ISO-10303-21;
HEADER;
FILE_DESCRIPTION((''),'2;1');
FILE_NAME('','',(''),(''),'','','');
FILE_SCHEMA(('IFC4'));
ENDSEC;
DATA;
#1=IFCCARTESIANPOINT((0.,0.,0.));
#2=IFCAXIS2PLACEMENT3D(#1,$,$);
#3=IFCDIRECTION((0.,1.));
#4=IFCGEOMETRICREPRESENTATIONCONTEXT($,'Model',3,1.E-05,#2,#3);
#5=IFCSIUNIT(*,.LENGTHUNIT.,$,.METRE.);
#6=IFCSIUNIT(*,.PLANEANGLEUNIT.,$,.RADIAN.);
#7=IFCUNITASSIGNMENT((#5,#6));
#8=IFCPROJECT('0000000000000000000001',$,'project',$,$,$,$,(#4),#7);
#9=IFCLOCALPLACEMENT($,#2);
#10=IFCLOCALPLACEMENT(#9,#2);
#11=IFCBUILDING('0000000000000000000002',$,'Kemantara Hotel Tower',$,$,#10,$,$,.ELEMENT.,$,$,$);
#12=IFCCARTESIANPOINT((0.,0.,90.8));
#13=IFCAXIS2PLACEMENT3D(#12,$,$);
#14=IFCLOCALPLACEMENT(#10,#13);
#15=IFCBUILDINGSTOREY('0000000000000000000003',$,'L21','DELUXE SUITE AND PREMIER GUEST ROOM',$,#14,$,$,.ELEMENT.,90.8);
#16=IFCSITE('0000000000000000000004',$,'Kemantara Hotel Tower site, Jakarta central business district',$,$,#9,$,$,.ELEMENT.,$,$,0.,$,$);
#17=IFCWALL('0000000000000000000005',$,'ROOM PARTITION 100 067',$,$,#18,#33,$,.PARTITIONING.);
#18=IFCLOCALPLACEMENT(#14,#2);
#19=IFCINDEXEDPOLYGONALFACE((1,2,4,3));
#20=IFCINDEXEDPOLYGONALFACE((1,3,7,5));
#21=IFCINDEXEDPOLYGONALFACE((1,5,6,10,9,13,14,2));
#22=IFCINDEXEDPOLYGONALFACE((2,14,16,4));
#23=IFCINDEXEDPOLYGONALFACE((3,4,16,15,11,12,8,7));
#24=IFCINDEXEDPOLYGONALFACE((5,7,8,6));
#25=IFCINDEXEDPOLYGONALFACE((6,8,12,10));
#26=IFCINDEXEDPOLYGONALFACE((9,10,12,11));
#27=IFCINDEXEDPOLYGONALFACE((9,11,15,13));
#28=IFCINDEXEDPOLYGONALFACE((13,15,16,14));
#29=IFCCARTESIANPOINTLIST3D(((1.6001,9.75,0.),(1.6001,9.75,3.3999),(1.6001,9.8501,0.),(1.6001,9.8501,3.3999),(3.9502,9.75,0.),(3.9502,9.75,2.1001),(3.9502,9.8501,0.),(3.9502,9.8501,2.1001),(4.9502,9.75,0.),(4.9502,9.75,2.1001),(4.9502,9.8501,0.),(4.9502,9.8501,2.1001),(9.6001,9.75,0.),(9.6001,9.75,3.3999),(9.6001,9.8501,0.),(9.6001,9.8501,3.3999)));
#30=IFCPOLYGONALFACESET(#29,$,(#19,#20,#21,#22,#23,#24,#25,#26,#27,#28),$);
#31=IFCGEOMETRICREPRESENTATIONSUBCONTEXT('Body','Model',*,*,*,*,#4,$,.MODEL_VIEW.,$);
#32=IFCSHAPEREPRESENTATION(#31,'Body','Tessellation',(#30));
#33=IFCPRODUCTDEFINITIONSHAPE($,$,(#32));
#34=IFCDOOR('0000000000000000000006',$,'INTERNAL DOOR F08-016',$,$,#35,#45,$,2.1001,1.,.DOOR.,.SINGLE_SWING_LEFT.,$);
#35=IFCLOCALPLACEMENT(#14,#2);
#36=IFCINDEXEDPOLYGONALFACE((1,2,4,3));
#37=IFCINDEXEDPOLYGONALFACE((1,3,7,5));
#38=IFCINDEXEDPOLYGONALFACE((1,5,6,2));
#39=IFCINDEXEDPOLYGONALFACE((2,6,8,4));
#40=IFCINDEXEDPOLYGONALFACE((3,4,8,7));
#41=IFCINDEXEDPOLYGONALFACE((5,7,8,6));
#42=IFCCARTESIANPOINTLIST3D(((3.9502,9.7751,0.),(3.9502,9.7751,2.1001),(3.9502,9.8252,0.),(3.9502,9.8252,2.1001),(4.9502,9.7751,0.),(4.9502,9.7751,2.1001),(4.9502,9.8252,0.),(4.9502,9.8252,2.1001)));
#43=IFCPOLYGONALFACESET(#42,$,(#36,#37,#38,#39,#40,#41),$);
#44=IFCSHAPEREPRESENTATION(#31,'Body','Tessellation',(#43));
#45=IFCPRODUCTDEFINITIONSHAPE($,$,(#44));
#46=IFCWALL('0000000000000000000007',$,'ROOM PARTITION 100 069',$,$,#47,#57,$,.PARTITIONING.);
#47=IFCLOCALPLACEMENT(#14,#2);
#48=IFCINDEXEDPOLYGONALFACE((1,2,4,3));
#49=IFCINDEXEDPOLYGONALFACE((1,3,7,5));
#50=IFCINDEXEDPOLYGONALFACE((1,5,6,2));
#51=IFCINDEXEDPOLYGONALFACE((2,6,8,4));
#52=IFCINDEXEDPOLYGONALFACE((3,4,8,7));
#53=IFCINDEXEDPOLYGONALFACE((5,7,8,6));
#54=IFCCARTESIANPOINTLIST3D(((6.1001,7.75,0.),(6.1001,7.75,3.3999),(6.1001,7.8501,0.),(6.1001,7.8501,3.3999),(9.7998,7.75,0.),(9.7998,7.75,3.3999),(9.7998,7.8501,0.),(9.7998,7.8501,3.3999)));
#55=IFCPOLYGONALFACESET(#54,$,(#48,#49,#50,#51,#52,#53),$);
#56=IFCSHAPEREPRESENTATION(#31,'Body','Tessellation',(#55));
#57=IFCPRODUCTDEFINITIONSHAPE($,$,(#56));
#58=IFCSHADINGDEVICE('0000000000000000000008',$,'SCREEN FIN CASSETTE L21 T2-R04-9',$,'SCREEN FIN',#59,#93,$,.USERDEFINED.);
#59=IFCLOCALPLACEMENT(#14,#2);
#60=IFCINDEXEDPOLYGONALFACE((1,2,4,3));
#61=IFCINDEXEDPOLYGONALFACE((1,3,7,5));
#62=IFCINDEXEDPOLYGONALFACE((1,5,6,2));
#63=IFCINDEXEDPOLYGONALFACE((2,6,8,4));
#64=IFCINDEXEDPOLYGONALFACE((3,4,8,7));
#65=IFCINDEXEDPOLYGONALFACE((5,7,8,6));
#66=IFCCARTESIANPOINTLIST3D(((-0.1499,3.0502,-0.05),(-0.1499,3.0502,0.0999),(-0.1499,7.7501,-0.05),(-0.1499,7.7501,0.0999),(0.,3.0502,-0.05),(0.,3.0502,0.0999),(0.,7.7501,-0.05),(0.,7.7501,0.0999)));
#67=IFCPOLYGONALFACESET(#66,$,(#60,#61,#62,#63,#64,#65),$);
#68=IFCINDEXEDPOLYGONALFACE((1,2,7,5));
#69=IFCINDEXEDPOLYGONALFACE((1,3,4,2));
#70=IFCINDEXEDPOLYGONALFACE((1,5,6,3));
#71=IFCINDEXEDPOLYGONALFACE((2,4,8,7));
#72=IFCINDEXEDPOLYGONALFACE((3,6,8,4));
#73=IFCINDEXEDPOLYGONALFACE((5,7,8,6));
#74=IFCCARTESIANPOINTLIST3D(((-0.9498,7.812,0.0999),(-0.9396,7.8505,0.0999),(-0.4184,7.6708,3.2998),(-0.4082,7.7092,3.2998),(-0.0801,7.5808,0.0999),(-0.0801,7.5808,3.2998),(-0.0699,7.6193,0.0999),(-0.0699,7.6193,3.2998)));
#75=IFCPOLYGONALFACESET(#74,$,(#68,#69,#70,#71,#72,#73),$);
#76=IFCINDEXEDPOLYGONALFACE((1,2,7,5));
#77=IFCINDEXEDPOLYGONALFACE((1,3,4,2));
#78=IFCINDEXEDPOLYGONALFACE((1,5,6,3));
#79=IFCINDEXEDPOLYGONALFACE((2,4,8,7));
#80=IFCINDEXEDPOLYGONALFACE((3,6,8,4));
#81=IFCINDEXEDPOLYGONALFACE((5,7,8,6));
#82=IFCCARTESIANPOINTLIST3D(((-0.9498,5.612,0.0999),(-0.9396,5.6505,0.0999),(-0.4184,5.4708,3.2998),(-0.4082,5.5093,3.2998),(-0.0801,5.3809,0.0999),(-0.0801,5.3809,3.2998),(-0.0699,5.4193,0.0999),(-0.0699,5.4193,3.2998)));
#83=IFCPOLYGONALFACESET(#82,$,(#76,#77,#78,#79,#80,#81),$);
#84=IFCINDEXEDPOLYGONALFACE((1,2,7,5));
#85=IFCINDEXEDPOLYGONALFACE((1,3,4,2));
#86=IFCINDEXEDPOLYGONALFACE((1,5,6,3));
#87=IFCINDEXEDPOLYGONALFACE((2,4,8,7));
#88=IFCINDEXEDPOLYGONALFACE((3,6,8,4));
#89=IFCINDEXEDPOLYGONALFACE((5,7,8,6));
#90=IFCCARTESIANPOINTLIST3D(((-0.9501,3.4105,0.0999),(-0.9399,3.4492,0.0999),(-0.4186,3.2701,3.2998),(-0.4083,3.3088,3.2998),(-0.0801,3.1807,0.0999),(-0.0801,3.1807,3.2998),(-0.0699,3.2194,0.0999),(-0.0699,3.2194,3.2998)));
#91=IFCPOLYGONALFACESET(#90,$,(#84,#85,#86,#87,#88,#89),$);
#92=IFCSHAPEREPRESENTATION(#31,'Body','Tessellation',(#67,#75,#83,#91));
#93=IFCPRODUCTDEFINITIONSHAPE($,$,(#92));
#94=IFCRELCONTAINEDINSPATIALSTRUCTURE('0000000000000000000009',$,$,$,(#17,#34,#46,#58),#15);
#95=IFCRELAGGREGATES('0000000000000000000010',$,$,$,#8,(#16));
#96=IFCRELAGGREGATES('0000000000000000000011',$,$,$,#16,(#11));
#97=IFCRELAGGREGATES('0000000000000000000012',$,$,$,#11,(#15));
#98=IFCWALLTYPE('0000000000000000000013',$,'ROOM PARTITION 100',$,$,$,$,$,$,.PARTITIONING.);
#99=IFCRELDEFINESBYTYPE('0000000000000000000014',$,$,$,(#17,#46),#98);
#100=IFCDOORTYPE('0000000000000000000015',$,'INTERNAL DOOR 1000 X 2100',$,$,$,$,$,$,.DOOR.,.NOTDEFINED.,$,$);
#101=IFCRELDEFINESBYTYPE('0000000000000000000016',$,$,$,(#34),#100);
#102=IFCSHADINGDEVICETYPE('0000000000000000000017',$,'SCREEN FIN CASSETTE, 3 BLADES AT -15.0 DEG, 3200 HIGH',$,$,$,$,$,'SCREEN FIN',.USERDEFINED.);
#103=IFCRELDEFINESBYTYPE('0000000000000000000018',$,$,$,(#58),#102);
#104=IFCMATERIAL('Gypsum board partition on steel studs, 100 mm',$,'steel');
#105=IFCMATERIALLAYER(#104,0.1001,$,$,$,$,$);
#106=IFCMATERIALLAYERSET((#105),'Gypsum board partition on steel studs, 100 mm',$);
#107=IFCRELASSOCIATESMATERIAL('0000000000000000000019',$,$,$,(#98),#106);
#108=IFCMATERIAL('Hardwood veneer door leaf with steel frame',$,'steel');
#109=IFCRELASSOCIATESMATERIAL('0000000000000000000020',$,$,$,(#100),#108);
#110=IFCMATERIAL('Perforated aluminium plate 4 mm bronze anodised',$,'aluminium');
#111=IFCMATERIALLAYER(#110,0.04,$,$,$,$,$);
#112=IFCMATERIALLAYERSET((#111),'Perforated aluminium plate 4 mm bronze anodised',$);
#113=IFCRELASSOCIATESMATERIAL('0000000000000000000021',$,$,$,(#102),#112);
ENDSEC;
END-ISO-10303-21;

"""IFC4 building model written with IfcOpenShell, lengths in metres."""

from ifc_helpers import new_model, si_unit, direction, frame, frame_2d, origin, origin_2d, place, context, subcontext, project, spatial, polyline, rectangle, outline, extrude, source, transform, mapped, material, layer, layer_set, type_object, element, fill, save


model = new_model("IFC4")

# Units and contexts
model_context = context("Model", 3, precision=1e-05, world=origin(), true_north=direction((0.0, 1.0)))
body_context = subcontext(model_context, "Body", "Model", "MODEL_VIEW")
ifc_project = project(units=[si_unit("LENGTHUNIT", "METRE"), si_unit("PLANEANGLEUNIT", "RADIAN")], contexts=[model_context])

# Site, building, storey
site_placement = place(None, origin())
site = spatial("IfcSite", under=ifc_project, at=site_placement, Name="Kemantara Hotel Tower site, Jakarta central business district", CompositionType="ELEMENT", RefElevation=0.0)
building_placement = place(site_placement, origin())
building = spatial("IfcBuilding", under=site, at=building_placement, Name="Kemantara Hotel Tower", CompositionType="ELEMENT")
storey_placement = place(building_placement, frame((0.0, 0.0, 90.8)))
storey = spatial("IfcBuildingStorey", under=building, at=storey_placement, Name="L21", Description="DELUXE SUITE AND PREMIER GUEST ROOM", CompositionType="ELEMENT", Elevation=90.8)

# Shared definitions
ifc_material_1 = material(Name="Hardwood veneer door leaf with steel frame", Category="steel")

# Shared definitions
ifc_material_2 = material(Name="Gypsum board partition on steel studs, 100 mm", Category="steel")
ifc_layer_1 = layer(ifc_material_2, 0.1001)
ifc_layer_set_1 = layer_set([ifc_layer_1], Name="Gypsum board partition on steel studs, 100 mm")
wall_type_1 = type_object("IfcWallType", Name="ROOM PARTITION 100", PredefinedType="PARTITIONING", material=ifc_layer_set_1)

# Wall, opening, door
wall_1_placement = place(storey_placement, frame((9.6001, 9.8, 0.0), z_axis=(0.0, 0.0, 1.0), x_axis=(-1.0, 0.0, 0.0)))
wall_1 = element("IfcWall", 1, at=wall_1_placement, inside=storey, type_object=wall_type_1, Name="ROOM PARTITION 100 067", PredefinedType="PARTITIONING", context=body_context, shape_type="SweptSolid", body=[
    extrude(rectangle(XDim=8.0, YDim=0.1001, at=frame_2d((4.0, 0.0))), origin(), (0.0, 0.0, 1.0), 3.3999),
])
opening_1_placement = place(wall_1_placement, frame((4.6499, 0.0, 0.0)))
opening_1 = element("IfcOpeningElement", 2, at=opening_1_placement, cuts=wall_1, PredefinedType="OPENING", context=body_context, shape_type="SweptSolid", body=[
    extrude(rectangle(XDim=1.0, YDim=2.1001, at=frame_2d((0.5, 1.05))), frame((0.0, 0.0601, 0.0), z_axis=(0.0, -1.0, 0.0), x_axis=(1.0, 0.0, 0.0)), (0.0, 0.0, 1.0), 0.1201),
])
door_type_1 = type_object("IfcDoorType", Name="INTERNAL DOOR 1000 X 2100", OperationType="NOTDEFINED", PredefinedType="DOOR", material=ifc_material_1)
door_1_placement = place(opening_1_placement, origin())
door_1 = element("IfcDoor", 3, at=door_1_placement, inside=storey, type_object=door_type_1, Name="INTERNAL DOOR F08-016", OperationType="SINGLE_SWING_LEFT", OverallHeight=2.1001, OverallWidth=1.0, PredefinedType="DOOR", context=body_context, shape_type="SweptSolid", body=[
    extrude(rectangle(XDim=1.0, YDim=2.1001, at=frame_2d((0.5, 1.05))), frame((0.0, 0.0249, 0.0), z_axis=(0.0, -1.0, 0.0), x_axis=(1.0, 0.0, 0.0)), (0.0, 0.0, 1.0), 0.05),
])
fill(opening_1, door_1)

# Wall
wall_2_placement = place(storey_placement, frame((6.1001, 7.8, 0.0), z_axis=(0.0, 0.0, 1.0), x_axis=(1.0, 0.0, 0.0)))
element("IfcWall", 4, at=wall_2_placement, inside=storey, type_object=wall_type_1, Name="ROOM PARTITION 100 069", PredefinedType="PARTITIONING", context=body_context, shape_type="SweptSolid", body=[
    extrude(rectangle(XDim=3.6997, YDim=0.1001, at=frame_2d((1.8499, 0.0))), origin(), (0.0, 0.0, 1.0), 3.3999),
])

# Shading device
ifc_material_3 = material(Name="Perforated aluminium plate 4 mm bronze anodised", Category="aluminium")
ifc_layer_2 = layer(ifc_material_3, 0.04)
ifc_layer_set_2 = layer_set([ifc_layer_2], Name="Perforated aluminium plate 4 mm bronze anodised")
shading_device_type = type_object("IfcShadingDeviceType", Name="SCREEN FIN CASSETTE, 3 BLADES AT -15.0 DEG, 3200 HIGH", ElementType="SCREEN FIN", PredefinedType="USERDEFINED", material=ifc_layer_set_2)
shared_shape = source(origin(), body_context, "Body", "SweptSolid", [
    extrude(rectangle(XDim=4.7, YDim=0.1499, at=origin_2d()), frame((2.2, -0.075, -0.1499), z_axis=(0.0, 0.0, 1.0), x_axis=(1.0, 0.0, 0.0)), (0.0, 0.0, 1.0), 0.1499),
    extrude(outline(polyline([(0.0, 0.0), (0.8999, 0.0), (0.3501, 3.2), (0.0, 3.2), (0.0, 0.0)])), frame((0.0193, -0.0801, 0.0), z_axis=(-0.966438, 0.256901, 0.0), x_axis=(-0.256901, -0.966438, 0.0)), (0.0, 0.0, 1.0), 0.0398),
    extrude(outline(polyline([(0.0, 0.0), (0.8999, 0.0), (0.3501, 3.2), (0.0, 3.2), (0.0, 0.0)])), frame((2.2192, -0.0801, 0.0), z_axis=(-0.966438, 0.256901, 0.0), x_axis=(-0.256901, -0.966438, 0.0)), (0.0, 0.0, 1.0), 0.0398),
    extrude(outline(polyline([(0.0, 0.0), (0.8999, 0.0), (0.3501, 3.2), (0.0, 3.2), (0.0, 0.0)])), frame((4.4194, -0.0801, 0.0), z_axis=(-0.966838, 0.255391, 0.0), x_axis=(-0.255391, -0.966838, 0.0)), (0.0, 0.0, 1.0), 0.04),
])
shading_device_placement = place(storey_placement, frame((0.0, 7.6001, 0.0999), z_axis=(0.0, 0.0, 1.0), x_axis=(0.0, -1.0, 0.0)))
element("IfcShadingDevice", 5, at=shading_device_placement, inside=storey, type_object=shading_device_type, Name="SCREEN FIN CASSETTE L21 T2-R04-9", ObjectType="SCREEN FIN", PredefinedType="USERDEFINED", context=body_context, shape_type="MappedRepresentation", body=[
    mapped(shared_shape, transform((0.0, 0.0, 0.0))),
])

save(model, "model.ifc")
